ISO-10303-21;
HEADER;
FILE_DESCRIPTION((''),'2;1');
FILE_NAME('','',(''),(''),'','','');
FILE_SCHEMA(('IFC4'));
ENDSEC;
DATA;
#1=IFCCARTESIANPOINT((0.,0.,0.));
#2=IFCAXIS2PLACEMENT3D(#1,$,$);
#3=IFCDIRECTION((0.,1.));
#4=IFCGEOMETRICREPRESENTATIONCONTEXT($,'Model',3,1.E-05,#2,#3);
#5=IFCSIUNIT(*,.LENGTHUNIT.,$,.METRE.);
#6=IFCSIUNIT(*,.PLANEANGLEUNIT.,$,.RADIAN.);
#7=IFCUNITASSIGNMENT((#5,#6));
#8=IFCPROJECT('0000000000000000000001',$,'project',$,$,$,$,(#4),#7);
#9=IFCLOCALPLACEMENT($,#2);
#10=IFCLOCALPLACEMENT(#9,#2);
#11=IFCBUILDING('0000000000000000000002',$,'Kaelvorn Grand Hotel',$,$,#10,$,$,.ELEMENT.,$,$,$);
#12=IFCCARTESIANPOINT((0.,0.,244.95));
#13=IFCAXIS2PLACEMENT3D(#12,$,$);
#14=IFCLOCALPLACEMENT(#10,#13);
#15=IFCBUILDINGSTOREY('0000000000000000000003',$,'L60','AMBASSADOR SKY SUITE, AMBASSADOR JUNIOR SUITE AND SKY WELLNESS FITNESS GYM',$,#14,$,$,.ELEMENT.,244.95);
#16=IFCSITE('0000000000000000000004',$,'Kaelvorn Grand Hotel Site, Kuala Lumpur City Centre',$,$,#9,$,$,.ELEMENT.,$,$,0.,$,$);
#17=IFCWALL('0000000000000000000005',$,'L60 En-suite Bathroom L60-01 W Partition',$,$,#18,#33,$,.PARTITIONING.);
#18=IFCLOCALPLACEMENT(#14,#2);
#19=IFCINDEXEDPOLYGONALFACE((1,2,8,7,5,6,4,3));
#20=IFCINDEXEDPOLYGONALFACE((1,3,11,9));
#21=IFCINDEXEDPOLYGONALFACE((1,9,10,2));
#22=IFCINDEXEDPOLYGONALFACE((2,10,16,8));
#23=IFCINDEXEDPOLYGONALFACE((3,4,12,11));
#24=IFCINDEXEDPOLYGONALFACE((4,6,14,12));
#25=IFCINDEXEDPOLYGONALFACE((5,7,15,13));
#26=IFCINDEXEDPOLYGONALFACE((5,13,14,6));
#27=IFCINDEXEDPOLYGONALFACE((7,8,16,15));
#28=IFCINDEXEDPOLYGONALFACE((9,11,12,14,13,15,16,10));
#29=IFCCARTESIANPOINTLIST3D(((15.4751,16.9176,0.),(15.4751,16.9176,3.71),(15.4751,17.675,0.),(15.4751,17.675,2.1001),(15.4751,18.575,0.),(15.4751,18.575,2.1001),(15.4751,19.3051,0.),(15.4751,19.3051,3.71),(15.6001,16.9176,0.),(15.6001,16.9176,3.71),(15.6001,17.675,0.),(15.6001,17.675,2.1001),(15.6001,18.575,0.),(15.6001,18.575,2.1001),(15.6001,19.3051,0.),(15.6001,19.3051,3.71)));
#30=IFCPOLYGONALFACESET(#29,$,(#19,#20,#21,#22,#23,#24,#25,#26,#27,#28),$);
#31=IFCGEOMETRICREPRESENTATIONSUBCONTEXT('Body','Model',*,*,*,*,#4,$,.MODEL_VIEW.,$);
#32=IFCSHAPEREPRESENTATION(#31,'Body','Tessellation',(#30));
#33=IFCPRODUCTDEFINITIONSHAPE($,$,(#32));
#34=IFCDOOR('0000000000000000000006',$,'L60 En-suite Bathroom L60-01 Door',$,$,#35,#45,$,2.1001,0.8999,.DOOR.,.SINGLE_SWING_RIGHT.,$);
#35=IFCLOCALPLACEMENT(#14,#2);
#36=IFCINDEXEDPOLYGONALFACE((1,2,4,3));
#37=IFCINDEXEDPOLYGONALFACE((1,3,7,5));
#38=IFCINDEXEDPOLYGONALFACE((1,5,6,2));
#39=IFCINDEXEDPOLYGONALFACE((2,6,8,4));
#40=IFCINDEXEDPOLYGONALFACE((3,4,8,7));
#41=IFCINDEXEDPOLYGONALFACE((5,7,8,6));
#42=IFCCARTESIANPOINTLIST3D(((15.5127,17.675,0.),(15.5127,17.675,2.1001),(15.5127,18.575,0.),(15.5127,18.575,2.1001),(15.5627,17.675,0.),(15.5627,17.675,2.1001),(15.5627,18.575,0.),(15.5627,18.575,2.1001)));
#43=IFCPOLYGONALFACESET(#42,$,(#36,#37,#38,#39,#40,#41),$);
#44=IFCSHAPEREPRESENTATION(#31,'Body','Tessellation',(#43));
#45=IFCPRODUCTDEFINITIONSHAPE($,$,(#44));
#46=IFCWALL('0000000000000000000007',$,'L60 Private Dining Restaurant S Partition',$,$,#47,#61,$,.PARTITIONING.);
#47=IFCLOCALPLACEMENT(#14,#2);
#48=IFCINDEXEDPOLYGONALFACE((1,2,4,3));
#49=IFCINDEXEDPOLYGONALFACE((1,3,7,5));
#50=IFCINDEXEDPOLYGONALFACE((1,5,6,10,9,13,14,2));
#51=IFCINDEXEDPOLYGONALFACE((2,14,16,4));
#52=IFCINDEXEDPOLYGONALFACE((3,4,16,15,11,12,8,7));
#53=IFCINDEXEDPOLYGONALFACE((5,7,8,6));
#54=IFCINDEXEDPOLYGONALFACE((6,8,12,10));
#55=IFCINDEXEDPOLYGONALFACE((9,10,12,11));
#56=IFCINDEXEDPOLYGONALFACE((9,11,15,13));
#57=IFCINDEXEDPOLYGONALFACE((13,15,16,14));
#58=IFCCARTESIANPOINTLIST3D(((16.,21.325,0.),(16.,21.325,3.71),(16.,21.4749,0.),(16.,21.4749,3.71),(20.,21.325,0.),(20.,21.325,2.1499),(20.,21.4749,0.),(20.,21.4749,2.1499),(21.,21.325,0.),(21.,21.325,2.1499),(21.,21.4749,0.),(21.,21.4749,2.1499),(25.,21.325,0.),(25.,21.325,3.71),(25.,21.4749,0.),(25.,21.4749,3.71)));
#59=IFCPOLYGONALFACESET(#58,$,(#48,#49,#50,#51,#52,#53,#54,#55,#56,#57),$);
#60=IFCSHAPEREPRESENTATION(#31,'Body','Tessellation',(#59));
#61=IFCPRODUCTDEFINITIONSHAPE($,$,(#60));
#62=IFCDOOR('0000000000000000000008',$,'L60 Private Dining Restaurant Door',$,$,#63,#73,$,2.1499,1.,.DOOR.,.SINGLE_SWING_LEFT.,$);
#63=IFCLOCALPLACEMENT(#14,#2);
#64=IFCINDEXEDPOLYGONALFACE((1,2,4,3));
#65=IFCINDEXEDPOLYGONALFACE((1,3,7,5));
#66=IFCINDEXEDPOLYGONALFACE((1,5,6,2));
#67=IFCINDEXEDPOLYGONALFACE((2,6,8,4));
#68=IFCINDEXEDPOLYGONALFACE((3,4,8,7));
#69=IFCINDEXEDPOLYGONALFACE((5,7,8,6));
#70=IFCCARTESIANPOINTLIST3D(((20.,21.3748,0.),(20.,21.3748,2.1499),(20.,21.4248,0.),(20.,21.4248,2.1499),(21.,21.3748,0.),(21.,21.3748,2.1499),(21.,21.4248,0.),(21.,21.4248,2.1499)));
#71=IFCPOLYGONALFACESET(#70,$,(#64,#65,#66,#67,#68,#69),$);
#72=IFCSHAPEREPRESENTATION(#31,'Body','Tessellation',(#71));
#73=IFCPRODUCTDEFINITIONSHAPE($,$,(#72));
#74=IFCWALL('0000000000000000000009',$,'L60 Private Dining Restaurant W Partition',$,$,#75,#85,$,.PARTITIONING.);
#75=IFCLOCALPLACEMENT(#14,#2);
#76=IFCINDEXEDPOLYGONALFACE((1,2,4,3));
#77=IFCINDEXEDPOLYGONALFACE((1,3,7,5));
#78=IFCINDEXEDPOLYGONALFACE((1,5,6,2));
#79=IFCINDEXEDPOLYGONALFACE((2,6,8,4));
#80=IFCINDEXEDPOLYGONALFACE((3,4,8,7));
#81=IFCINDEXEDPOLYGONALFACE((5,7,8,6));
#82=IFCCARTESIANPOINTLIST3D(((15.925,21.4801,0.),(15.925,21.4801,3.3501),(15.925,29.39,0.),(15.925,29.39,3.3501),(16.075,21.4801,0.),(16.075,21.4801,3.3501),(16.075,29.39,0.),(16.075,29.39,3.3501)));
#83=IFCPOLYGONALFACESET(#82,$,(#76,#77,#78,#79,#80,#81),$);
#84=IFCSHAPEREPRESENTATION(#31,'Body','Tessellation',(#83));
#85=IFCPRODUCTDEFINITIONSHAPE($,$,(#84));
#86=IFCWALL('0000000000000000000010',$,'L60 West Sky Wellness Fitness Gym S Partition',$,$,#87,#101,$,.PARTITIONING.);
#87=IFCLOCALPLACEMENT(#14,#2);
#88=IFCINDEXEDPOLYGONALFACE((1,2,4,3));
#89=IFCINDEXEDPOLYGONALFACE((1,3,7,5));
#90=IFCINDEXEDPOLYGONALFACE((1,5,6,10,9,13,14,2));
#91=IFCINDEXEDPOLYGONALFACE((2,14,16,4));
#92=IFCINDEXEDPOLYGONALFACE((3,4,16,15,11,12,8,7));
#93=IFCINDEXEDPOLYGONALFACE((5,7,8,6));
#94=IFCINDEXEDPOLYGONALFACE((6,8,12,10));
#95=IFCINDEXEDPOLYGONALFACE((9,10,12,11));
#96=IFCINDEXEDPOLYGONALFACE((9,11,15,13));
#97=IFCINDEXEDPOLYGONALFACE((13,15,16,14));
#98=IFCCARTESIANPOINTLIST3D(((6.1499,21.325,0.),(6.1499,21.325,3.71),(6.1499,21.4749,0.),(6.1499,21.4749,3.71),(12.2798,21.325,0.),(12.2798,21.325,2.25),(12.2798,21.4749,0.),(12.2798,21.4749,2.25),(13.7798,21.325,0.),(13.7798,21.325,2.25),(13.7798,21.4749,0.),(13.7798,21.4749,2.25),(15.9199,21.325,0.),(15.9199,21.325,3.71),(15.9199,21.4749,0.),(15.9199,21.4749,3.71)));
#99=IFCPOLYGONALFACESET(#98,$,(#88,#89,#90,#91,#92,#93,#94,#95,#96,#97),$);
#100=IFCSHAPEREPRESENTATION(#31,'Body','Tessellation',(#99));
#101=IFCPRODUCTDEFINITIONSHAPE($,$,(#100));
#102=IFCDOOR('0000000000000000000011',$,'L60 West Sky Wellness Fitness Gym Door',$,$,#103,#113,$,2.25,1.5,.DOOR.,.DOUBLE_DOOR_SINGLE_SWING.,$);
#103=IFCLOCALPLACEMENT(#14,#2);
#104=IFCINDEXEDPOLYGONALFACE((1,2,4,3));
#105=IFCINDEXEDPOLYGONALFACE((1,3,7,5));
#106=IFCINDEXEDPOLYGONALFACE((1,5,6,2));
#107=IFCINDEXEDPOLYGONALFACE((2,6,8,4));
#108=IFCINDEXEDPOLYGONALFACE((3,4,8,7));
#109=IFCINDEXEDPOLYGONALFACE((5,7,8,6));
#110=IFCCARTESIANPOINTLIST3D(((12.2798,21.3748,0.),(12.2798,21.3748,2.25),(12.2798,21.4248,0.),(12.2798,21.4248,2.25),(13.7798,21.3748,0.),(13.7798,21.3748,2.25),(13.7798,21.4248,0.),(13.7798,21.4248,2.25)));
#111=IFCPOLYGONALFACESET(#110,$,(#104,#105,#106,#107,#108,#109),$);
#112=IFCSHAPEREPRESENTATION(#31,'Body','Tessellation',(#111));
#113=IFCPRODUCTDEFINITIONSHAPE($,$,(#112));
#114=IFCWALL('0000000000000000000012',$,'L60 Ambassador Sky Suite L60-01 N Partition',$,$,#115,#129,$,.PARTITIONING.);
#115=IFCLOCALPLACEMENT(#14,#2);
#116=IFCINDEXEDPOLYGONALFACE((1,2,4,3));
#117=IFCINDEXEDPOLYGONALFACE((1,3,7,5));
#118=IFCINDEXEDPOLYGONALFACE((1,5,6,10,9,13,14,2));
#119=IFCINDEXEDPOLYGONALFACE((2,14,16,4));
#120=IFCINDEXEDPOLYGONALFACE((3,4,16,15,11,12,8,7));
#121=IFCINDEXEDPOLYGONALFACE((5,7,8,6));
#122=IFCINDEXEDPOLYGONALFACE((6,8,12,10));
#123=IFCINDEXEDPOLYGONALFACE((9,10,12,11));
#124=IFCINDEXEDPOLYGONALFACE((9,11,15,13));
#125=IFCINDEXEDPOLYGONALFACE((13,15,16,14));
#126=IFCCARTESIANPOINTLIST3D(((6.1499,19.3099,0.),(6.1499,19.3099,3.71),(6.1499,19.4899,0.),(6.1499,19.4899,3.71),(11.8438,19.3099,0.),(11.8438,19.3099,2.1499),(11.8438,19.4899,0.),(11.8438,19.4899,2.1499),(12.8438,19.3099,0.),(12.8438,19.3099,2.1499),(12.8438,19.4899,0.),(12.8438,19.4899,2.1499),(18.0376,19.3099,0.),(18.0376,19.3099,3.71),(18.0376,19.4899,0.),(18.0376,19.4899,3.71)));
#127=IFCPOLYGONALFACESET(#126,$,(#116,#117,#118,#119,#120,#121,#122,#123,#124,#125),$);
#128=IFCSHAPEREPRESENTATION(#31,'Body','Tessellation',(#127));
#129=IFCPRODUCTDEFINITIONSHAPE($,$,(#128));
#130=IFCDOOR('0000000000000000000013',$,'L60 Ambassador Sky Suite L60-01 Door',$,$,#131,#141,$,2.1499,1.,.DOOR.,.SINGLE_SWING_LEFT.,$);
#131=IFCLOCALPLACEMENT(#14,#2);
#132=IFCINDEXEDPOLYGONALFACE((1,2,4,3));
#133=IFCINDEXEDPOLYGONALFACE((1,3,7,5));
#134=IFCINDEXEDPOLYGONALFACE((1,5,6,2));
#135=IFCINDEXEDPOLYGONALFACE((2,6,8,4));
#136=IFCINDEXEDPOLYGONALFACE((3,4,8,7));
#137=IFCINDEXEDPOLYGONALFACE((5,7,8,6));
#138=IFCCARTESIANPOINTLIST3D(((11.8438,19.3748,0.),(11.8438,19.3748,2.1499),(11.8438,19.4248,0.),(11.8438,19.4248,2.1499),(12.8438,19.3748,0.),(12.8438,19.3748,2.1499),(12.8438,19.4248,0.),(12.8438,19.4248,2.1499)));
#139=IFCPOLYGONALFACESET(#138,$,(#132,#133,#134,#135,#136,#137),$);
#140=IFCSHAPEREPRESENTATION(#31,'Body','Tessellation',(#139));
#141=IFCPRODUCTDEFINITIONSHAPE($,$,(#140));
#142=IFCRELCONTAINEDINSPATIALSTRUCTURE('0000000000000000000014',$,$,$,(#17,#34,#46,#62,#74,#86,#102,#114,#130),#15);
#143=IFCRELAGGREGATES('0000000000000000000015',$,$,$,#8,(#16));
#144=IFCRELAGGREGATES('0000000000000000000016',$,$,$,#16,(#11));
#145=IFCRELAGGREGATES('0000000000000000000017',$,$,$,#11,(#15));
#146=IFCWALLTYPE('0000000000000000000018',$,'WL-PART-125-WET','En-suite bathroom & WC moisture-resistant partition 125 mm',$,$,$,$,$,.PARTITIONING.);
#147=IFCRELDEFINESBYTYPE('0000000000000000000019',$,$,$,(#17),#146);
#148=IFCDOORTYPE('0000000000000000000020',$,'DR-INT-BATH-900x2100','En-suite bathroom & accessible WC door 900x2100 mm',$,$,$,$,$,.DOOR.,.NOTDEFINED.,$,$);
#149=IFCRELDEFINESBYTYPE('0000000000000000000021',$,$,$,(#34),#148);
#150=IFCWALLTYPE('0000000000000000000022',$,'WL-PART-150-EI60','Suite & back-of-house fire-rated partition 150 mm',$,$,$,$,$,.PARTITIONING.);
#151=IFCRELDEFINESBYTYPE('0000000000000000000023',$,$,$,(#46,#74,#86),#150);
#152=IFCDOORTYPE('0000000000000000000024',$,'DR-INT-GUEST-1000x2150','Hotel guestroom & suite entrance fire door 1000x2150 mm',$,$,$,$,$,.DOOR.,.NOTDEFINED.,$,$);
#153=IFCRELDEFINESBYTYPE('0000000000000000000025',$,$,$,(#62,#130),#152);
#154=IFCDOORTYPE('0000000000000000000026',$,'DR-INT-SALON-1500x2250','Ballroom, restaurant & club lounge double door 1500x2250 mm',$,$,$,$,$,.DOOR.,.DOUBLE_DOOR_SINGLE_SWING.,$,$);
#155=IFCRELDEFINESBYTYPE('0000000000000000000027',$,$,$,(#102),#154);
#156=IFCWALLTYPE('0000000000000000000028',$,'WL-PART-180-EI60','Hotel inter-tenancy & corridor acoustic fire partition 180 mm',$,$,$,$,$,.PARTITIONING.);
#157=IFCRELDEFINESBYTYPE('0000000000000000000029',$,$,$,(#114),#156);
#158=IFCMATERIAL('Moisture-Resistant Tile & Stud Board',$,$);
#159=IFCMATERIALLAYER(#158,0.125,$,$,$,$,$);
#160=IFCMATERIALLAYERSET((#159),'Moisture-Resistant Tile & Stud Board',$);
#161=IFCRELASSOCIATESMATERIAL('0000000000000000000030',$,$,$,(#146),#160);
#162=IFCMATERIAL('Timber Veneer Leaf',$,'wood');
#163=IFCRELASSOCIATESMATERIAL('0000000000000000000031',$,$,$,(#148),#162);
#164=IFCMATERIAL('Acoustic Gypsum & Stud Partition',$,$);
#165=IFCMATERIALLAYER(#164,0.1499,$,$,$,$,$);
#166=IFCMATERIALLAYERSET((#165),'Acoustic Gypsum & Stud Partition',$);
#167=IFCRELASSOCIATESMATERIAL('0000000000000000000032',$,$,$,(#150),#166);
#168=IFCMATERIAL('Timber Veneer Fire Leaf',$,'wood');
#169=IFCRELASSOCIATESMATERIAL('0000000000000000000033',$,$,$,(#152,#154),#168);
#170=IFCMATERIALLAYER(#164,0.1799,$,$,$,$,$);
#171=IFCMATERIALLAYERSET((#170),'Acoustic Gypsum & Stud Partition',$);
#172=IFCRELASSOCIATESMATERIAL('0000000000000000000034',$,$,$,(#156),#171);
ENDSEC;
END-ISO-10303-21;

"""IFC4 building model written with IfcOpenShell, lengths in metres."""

from ifc_helpers import new_model, si_unit, direction, frame, frame_2d, origin, place, context, subcontext, project, spatial, rectangle, extrude, material, layer, layer_set, type_object, element, fill, save


model = new_model("IFC4")

# Units and contexts
model_context = context("Model", 3, precision=1e-05, world=origin(), true_north=direction((0.0, 1.0)))
body_context = subcontext(model_context, "Body", "Model", "MODEL_VIEW")
ifc_project = project(units=[si_unit("LENGTHUNIT", "METRE"), si_unit("PLANEANGLEUNIT", "RADIAN")], contexts=[model_context])

# Site, building, storey
site_placement = place(None, origin())
site = spatial("IfcSite", under=ifc_project, at=site_placement, Name="Kaelvorn Grand Hotel Site, Kuala Lumpur City Centre", CompositionType="ELEMENT", RefElevation=0.0)
building_placement = place(site_placement, origin())
building = spatial("IfcBuilding", under=site, at=building_placement, Name="Kaelvorn Grand Hotel", CompositionType="ELEMENT")
storey_placement = place(building_placement, frame((0.0, 0.0, 244.95)))
storey = spatial("IfcBuildingStorey", under=building, at=storey_placement, Name="L60", Description="AMBASSADOR SKY SUITE, AMBASSADOR JUNIOR SUITE AND SKY WELLNESS FITNESS GYM", CompositionType="ELEMENT", Elevation=244.95)

# Shared definitions
ifc_material_1 = material(Name="Moisture-Resistant Tile & Stud Board")
ifc_layer_1 = layer(ifc_material_1, 0.125)
ifc_layer_set_1 = layer_set([ifc_layer_1], Name="Moisture-Resistant Tile & Stud Board")
wall_type_1 = type_object("IfcWallType", Name="WL-PART-125-WET", Description="En-suite bathroom & WC moisture-resistant partition 125 mm", PredefinedType="PARTITIONING", material=ifc_layer_set_1)

# Walls, openings, doors
wall_1_placement = place(storey_placement, frame((15.5376, 16.9175, 0.0), z_axis=(0.0, 0.0, 1.0), x_axis=(0.0, 1.0, 0.0)))
wall_1 = element("IfcWall", 1, at=wall_1_placement, inside=storey, type_object=wall_type_1, Name="L60 En-suite Bathroom L60-01 W Partition", PredefinedType="PARTITIONING", context=body_context, shape_type="SweptSolid", body=[
    extrude(rectangle(XDim=2.3875, YDim=0.125, at=frame_2d((1.1938, 0.0))), origin(), (0.0, 0.0, 1.0), 3.71),
])
opening_1_placement = place(wall_1_placement, frame((0.7576, 0.0, 0.0)))
opening_1 = element("IfcOpeningElement", 2, at=opening_1_placement, cuts=wall_1, PredefinedType="OPENING", context=body_context, shape_type="SweptSolid", body=[
    extrude(rectangle(XDim=0.8999, YDim=2.1001, at=frame_2d((0.45, 1.05))), frame((0.0, 0.0725, 0.0), z_axis=(0.0, -1.0, 0.0), x_axis=(1.0, 0.0, 0.0)), (0.0, 0.0, 1.0), 0.145),
])
ifc_material_2 = material(Name="Timber Veneer Leaf", Category="wood")
door_type_1 = type_object("IfcDoorType", Name="DR-INT-BATH-900x2100", Description="En-suite bathroom & accessible WC door 900x2100 mm", OperationType="NOTDEFINED", PredefinedType="DOOR", material=ifc_material_2)
door_1_placement = place(opening_1_placement, origin())
door_1 = element("IfcDoor", 3, at=door_1_placement, inside=storey, type_object=door_type_1, Name="L60 En-suite Bathroom L60-01 Door", OperationType="SINGLE_SWING_RIGHT", OverallHeight=2.1001, OverallWidth=0.8999, PredefinedType="DOOR", context=body_context, shape_type="SweptSolid", body=[
    extrude(rectangle(XDim=0.8999, YDim=2.1001, at=frame_2d((0.45, 1.05))), frame((0.0, 0.0249, 0.0), z_axis=(0.0, -1.0, 0.0), x_axis=(1.0, 0.0, 0.0)), (0.0, 0.0, 1.0), 0.05),
])
fill(opening_1, door_1)
ifc_material_3 = material(Name="Acoustic Gypsum & Stud Partition")
ifc_layer_2 = layer(ifc_material_3, 0.1499)
ifc_layer_set_2 = layer_set([ifc_layer_2], Name="Acoustic Gypsum & Stud Partition")
wall_type_2 = type_object("IfcWallType", Name="WL-PART-150-EI60", Description="Suite & back-of-house fire-rated partition 150 mm", PredefinedType="PARTITIONING", material=ifc_layer_set_2)
wall_2_placement = place(storey_placement, frame((16.0, 21.3999, 0.0), z_axis=(0.0, 0.0, 1.0), x_axis=(1.0, 0.0, 0.0)))
wall_2 = element("IfcWall", 4, at=wall_2_placement, inside=storey, type_object=wall_type_2, Name="L60 Private Dining Restaurant S Partition", PredefinedType="PARTITIONING", context=body_context, shape_type="SweptSolid", body=[
    extrude(rectangle(XDim=9.0, YDim=0.1499, at=frame_2d((4.5, 0.0))), origin(), (0.0, 0.0, 1.0), 3.71),
])
opening_2_placement = place(wall_2_placement, frame((4.0, 0.0, 0.0)))
opening_2 = element("IfcOpeningElement", 5, at=opening_2_placement, cuts=wall_2, PredefinedType="OPENING", context=body_context, shape_type="SweptSolid", body=[
    extrude(rectangle(XDim=1.0, YDim=2.1499, at=frame_2d((0.5, 1.075))), frame((0.0, 0.085, 0.0), z_axis=(0.0, -1.0, 0.0), x_axis=(1.0, 0.0, 0.0)), (0.0, 0.0, 1.0), 0.1699),
])
ifc_material_4 = material(Name="Timber Veneer Fire Leaf", Category="wood")
door_type_2 = type_object("IfcDoorType", Name="DR-INT-GUEST-1000x2150", Description="Hotel guestroom & suite entrance fire door 1000x2150 mm", OperationType="NOTDEFINED", PredefinedType="DOOR", material=ifc_material_4)
door_2_placement = place(opening_2_placement, origin())
door_2 = element("IfcDoor", 6, at=door_2_placement, inside=storey, type_object=door_type_2, Name="L60 Private Dining Restaurant Door", OperationType="SINGLE_SWING_LEFT", OverallHeight=2.1499, OverallWidth=1.0, PredefinedType="DOOR", context=body_context, shape_type="SweptSolid", body=[
    extrude(rectangle(XDim=1.0, YDim=2.1499, at=frame_2d((0.5, 1.075))), frame((0.0, 0.0249, 0.0), z_axis=(0.0, -1.0, 0.0), x_axis=(1.0, 0.0, 0.0)), (0.0, 0.0, 1.0), 0.05),
])
fill(opening_2, door_2)

# Wall
wall_3_placement = place(storey_placement, frame((16.0, 21.48, 0.0), z_axis=(0.0, 0.0, 1.0), x_axis=(0.0, 1.0, 0.0)))
element("IfcWall", 7, at=wall_3_placement, inside=storey, type_object=wall_type_2, Name="L60 Private Dining Restaurant W Partition", PredefinedType="PARTITIONING", context=body_context, shape_type="SweptSolid", body=[
    extrude(rectangle(XDim=7.9099, YDim=0.1499, at=frame_2d((3.9551, 0.0))), origin(), (0.0, 0.0, 1.0), 3.3501),
])

# Walls, openings, doors
wall_4_placement = place(storey_placement, frame((6.1499, 21.3999, 0.0), z_axis=(0.0, 0.0, 1.0), x_axis=(1.0, 0.0, 0.0)))
wall_4 = element("IfcWall", 8, at=wall_4_placement, inside=storey, type_object=wall_type_2, Name="L60 West Sky Wellness Fitness Gym S Partition", PredefinedType="PARTITIONING", context=body_context, shape_type="SweptSolid", body=[
    extrude(rectangle(XDim=9.77, YDim=0.1499, at=frame_2d((4.885, 0.0))), origin(), (0.0, 0.0, 1.0), 3.71),
])
opening_3_placement = place(wall_4_placement, frame((6.1299, 0.0, 0.0)))
opening_3 = element("IfcOpeningElement", 9, at=opening_3_placement, cuts=wall_4, PredefinedType="OPENING", context=body_context, shape_type="SweptSolid", body=[
    extrude(rectangle(XDim=1.5, YDim=2.25, at=frame_2d((0.75, 1.125))), frame((0.0, 0.085, 0.0), z_axis=(0.0, -1.0, 0.0), x_axis=(1.0, 0.0, 0.0)), (0.0, 0.0, 1.0), 0.1699),
])
door_type_3 = type_object("IfcDoorType", Name="DR-INT-SALON-1500x2250", Description="Ballroom, restaurant & club lounge double door 1500x2250 mm", OperationType="DOUBLE_DOOR_SINGLE_SWING", PredefinedType="DOOR", material=ifc_material_4)
door_3_placement = place(opening_3_placement, origin())
door_3 = element("IfcDoor", 10, at=door_3_placement, inside=storey, type_object=door_type_3, Name="L60 West Sky Wellness Fitness Gym Door", OperationType="DOUBLE_DOOR_SINGLE_SWING", OverallHeight=2.25, OverallWidth=1.5, PredefinedType="DOOR", context=body_context, shape_type="SweptSolid", body=[
    extrude(rectangle(XDim=1.5, YDim=2.25, at=frame_2d((0.75, 1.125))), frame((0.0, 0.0249, 0.0), z_axis=(0.0, -1.0, 0.0), x_axis=(1.0, 0.0, 0.0)), (0.0, 0.0, 1.0), 0.05),
])
fill(opening_3, door_3)
ifc_layer_3 = layer(ifc_material_3, 0.1799)
ifc_layer_set_3 = layer_set([ifc_layer_3], Name="Acoustic Gypsum & Stud Partition")
wall_type_3 = type_object("IfcWallType", Name="WL-PART-180-EI60", Description="Hotel inter-tenancy & corridor acoustic fire partition 180 mm", PredefinedType="PARTITIONING", material=ifc_layer_set_3)
wall_5_placement = place(storey_placement, frame((6.1499, 19.3999, 0.0), z_axis=(0.0, 0.0, 1.0), x_axis=(1.0, 0.0, 0.0)))
wall_5 = element("IfcWall", 11, at=wall_5_placement, inside=storey, type_object=wall_type_3, Name="L60 Ambassador Sky Suite L60-01 N Partition", PredefinedType="PARTITIONING", context=body_context, shape_type="SweptSolid", body=[
    extrude(rectangle(XDim=11.8877, YDim=0.1799, at=frame_2d((5.9438, 0.0))), origin(), (0.0, 0.0, 1.0), 3.71),
])
opening_4_placement = place(wall_5_placement, frame((5.6938, 0.0, 0.0)))
opening_4 = element("IfcOpeningElement", 12, at=opening_4_placement, cuts=wall_5, PredefinedType="OPENING", context=body_context, shape_type="SweptSolid", body=[
    extrude(rectangle(XDim=1.0, YDim=2.1499, at=frame_2d((0.5, 1.075))), frame((0.0, 0.1001, 0.0), z_axis=(0.0, -1.0, 0.0), x_axis=(1.0, 0.0, 0.0)), (0.0, 0.0, 1.0), 0.2),
])
door_4_placement = place(opening_4_placement, origin())
door_4 = element("IfcDoor", 13, at=door_4_placement, inside=storey, type_object=door_type_2, Name="L60 Ambassador Sky Suite L60-01 Door", OperationType="SINGLE_SWING_LEFT", OverallHeight=2.1499, OverallWidth=1.0, PredefinedType="DOOR", context=body_context, shape_type="SweptSolid", body=[
    extrude(rectangle(XDim=1.0, YDim=2.1499, at=frame_2d((0.5, 1.075))), frame((0.0, 0.0249, 0.0), z_axis=(0.0, -1.0, 0.0), x_axis=(1.0, 0.0, 0.0)), (0.0, 0.0, 1.0), 0.05),
])
fill(opening_4, door_4)

save(model, "model.ifc")
